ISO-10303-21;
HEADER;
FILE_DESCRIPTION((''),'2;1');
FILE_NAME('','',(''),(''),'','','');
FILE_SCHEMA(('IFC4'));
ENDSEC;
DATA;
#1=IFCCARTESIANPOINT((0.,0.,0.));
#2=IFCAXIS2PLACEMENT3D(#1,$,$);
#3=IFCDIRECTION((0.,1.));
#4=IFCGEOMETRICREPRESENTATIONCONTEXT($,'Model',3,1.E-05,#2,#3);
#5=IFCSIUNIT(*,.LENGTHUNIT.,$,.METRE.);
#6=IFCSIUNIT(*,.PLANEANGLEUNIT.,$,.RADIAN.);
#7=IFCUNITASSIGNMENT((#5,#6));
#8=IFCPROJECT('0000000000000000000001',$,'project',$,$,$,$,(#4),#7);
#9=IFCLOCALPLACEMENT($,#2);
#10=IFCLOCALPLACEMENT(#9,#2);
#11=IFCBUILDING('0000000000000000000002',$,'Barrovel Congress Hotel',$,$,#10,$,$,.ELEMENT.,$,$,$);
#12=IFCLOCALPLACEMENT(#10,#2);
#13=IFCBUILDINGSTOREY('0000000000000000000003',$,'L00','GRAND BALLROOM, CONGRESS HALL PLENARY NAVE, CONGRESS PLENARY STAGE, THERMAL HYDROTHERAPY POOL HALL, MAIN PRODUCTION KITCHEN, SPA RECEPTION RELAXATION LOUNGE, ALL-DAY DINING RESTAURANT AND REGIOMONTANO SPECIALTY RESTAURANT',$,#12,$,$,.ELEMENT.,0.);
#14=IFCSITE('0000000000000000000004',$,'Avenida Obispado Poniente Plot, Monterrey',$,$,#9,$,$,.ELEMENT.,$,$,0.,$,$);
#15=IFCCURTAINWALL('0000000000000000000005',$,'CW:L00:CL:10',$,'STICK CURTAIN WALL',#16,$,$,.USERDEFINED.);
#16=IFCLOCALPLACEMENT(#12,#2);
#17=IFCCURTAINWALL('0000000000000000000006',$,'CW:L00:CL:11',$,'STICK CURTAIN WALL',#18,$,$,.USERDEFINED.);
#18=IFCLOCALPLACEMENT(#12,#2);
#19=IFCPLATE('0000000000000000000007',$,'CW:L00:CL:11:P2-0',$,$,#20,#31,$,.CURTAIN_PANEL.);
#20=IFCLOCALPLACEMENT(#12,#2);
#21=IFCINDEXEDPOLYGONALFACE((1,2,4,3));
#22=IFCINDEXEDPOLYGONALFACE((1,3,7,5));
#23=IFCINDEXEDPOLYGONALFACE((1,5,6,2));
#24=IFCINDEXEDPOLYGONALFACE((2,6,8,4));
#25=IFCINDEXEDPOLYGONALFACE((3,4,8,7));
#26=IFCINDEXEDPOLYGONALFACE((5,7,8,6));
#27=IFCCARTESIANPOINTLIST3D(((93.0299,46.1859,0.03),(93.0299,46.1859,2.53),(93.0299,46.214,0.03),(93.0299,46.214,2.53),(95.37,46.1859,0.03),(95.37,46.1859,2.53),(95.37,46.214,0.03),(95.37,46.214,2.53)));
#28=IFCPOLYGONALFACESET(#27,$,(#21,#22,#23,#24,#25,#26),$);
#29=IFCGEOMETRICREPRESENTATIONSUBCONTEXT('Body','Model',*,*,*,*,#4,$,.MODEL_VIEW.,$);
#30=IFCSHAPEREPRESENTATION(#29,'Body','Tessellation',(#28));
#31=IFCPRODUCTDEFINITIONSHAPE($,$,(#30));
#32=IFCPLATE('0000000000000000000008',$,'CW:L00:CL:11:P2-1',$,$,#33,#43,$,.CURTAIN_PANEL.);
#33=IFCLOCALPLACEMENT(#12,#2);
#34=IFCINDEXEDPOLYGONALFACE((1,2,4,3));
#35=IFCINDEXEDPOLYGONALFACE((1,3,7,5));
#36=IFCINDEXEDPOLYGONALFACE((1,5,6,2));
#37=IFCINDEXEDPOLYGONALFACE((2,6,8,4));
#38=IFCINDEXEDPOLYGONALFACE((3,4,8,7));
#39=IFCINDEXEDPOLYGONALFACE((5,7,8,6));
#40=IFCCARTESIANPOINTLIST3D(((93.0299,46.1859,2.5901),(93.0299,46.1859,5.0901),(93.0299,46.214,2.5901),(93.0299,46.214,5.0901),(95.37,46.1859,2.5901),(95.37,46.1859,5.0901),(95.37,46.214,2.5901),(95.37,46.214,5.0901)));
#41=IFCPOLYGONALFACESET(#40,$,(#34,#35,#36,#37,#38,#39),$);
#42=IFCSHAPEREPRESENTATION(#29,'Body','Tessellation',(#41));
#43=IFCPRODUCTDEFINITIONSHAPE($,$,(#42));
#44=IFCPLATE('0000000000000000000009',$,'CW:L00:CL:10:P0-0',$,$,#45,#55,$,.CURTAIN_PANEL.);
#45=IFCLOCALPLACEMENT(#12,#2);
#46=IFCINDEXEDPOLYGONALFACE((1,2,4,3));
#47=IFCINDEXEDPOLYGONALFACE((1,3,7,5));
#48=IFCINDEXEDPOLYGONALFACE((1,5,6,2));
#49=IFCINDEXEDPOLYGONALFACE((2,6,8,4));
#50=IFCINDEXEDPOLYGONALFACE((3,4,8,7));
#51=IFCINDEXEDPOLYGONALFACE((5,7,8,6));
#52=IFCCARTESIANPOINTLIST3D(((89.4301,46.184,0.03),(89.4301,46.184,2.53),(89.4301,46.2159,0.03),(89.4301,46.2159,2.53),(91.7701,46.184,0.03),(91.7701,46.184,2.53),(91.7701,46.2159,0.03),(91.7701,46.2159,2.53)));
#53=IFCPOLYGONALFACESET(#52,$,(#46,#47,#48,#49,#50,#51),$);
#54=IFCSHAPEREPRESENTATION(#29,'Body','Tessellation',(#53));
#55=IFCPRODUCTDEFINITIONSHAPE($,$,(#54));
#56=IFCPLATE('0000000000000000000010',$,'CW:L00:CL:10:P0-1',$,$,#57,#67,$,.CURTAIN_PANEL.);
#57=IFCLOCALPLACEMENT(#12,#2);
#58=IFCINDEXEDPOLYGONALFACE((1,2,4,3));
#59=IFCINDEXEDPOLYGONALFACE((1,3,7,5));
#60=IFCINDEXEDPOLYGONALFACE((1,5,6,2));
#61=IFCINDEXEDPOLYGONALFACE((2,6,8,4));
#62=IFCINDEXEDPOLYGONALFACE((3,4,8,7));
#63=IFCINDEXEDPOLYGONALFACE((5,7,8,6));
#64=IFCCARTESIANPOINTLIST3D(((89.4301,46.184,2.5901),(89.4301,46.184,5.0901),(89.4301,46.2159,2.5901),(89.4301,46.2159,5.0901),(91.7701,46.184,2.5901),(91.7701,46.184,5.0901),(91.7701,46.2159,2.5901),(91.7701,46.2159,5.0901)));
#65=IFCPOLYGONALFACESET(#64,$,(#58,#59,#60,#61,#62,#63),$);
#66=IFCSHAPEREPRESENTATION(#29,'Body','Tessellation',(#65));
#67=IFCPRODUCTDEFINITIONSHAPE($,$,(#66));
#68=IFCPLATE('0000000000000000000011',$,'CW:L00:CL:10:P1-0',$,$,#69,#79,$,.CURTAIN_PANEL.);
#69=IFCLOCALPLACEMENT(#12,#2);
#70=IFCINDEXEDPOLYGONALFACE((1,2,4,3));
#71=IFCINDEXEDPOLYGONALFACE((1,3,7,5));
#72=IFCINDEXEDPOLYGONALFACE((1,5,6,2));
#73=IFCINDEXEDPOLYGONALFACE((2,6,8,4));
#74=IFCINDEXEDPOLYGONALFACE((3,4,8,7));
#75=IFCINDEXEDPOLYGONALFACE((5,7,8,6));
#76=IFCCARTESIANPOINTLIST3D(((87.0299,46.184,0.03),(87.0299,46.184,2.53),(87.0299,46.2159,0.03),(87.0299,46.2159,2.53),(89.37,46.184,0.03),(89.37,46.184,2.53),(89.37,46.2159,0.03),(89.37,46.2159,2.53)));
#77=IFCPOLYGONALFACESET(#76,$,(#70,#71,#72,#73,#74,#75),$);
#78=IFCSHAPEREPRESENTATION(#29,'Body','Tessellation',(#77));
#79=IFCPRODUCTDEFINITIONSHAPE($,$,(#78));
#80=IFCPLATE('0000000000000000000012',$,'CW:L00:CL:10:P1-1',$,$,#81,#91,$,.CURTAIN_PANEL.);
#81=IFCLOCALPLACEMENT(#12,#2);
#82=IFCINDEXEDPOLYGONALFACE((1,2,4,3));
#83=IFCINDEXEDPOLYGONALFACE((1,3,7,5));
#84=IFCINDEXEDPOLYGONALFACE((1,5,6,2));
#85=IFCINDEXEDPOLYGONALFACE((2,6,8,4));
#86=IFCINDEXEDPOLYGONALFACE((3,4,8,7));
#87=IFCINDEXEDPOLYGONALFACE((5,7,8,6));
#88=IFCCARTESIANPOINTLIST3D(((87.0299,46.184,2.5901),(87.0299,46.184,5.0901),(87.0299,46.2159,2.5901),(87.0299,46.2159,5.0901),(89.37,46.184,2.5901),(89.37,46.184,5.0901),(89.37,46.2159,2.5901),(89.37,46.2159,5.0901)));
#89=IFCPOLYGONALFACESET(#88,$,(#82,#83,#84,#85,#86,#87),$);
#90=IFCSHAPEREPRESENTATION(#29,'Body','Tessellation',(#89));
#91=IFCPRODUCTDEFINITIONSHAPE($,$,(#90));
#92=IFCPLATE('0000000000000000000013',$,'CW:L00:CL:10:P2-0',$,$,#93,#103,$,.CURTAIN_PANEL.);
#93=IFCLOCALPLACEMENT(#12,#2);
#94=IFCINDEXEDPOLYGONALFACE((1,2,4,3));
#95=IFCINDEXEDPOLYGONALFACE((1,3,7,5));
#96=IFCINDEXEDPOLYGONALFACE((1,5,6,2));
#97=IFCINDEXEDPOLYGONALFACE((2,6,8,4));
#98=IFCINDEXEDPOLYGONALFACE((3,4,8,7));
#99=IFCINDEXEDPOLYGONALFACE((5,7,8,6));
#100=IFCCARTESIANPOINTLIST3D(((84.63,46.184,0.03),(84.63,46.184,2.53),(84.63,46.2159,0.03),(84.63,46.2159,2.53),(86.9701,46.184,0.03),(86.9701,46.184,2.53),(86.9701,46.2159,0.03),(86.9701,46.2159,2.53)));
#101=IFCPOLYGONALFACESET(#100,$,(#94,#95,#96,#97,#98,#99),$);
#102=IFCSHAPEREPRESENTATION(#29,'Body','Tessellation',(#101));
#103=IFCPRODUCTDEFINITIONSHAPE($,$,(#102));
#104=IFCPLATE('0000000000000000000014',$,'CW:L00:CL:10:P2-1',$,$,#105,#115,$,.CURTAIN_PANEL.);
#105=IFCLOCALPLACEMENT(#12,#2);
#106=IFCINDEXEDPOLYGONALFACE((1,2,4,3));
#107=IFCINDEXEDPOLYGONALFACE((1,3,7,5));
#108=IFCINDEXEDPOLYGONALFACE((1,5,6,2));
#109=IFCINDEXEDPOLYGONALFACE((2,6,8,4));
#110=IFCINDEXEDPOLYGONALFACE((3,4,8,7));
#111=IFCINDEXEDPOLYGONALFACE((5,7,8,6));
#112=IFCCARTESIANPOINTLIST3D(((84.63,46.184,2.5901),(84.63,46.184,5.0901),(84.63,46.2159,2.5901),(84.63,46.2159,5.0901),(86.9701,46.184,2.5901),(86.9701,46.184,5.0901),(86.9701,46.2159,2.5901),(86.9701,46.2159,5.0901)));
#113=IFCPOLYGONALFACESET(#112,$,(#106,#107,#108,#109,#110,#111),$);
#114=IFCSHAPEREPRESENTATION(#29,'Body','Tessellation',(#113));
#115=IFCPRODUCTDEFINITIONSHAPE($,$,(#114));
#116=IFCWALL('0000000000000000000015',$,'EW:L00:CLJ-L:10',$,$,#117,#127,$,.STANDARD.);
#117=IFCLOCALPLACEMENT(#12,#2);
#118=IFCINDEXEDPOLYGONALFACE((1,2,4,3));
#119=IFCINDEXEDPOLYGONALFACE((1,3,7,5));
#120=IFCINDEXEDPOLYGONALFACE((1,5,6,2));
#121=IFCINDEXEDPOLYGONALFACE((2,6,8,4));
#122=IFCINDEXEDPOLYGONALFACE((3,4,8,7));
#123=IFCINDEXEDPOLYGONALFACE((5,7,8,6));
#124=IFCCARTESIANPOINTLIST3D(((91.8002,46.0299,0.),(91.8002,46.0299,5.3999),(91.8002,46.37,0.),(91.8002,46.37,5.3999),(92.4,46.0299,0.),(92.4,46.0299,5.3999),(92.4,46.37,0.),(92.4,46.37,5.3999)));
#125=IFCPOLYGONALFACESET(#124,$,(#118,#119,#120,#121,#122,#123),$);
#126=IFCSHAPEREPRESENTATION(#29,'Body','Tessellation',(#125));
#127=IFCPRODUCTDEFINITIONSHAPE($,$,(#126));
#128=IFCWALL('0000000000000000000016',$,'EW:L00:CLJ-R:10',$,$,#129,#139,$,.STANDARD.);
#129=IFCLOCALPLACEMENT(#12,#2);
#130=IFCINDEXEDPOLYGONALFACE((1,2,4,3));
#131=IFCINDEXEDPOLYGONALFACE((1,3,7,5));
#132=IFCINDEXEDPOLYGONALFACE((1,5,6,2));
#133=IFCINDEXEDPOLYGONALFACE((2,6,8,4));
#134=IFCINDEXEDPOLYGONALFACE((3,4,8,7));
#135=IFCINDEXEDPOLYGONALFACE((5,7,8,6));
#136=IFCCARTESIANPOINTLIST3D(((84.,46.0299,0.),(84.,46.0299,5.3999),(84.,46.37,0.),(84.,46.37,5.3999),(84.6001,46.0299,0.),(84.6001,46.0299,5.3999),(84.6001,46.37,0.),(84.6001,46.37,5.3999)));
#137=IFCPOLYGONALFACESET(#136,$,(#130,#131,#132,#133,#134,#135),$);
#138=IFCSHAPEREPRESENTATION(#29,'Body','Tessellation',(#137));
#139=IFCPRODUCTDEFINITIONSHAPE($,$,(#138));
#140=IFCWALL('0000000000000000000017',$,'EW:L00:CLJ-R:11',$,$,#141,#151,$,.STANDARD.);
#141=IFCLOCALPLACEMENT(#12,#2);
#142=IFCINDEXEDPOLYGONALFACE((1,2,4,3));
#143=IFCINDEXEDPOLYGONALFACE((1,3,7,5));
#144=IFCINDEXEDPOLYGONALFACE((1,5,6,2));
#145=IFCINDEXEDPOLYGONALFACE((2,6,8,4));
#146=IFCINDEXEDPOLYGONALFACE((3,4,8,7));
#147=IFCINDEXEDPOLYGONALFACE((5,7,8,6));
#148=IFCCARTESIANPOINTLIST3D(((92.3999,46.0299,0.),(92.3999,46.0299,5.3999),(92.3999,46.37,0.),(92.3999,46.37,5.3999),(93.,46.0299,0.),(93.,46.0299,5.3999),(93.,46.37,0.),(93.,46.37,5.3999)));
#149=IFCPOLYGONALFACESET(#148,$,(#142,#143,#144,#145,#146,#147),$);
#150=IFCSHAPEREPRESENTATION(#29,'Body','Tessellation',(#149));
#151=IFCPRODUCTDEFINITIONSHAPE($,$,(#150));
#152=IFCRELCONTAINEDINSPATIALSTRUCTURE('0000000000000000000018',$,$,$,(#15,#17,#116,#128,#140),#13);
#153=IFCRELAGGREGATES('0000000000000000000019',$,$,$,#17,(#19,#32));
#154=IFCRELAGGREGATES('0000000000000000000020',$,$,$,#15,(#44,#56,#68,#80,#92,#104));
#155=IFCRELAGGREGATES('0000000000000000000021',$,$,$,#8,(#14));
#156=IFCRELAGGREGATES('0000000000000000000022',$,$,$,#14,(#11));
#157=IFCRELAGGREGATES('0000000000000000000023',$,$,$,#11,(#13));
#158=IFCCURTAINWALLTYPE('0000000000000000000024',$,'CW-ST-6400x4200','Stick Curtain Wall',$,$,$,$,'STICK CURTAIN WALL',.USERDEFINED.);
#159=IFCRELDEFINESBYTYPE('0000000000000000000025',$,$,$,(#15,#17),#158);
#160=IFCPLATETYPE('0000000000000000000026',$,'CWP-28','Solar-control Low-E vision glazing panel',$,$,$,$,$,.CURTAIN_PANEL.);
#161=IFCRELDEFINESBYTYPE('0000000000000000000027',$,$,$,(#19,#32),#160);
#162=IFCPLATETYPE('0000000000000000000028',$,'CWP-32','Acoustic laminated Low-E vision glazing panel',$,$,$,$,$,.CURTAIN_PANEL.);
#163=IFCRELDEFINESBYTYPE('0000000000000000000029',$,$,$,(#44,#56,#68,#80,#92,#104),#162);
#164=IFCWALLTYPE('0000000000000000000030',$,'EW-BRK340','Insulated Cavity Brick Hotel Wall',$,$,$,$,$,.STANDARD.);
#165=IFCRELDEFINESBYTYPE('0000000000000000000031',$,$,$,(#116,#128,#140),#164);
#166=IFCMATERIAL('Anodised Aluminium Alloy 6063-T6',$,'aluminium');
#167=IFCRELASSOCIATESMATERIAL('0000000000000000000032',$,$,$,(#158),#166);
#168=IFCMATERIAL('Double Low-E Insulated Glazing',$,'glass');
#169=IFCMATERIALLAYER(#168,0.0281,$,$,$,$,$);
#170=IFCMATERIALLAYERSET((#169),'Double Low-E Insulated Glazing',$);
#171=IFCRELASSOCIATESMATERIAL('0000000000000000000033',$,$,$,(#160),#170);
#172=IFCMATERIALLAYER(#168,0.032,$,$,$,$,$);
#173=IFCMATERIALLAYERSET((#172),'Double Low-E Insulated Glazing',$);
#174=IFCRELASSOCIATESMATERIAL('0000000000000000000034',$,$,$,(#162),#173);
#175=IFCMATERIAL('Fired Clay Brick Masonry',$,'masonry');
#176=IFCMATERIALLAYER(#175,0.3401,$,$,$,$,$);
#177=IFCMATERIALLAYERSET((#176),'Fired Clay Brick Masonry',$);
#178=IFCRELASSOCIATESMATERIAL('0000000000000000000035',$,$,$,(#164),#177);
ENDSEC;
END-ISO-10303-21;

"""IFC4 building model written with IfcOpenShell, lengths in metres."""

from ifc_helpers import new_model, si_unit, direction, frame, frame_2d, origin, origin_2d, place, context, subcontext, project, spatial, rectangle, extrude, material, layer, layer_set, type_object, element, aggregate, save


model = new_model("IFC4")

# Units and contexts
model_context = context("Model", 3, precision=1e-05, world=origin(), true_north=direction((0.0, 1.0)))
body_context = subcontext(model_context, "Body", "Model", "MODEL_VIEW")
ifc_project = project(units=[si_unit("LENGTHUNIT", "METRE"), si_unit("PLANEANGLEUNIT", "RADIAN")], contexts=[model_context])

# Site, building, storey
site_placement = place(None, origin())
site = spatial("IfcSite", under=ifc_project, at=site_placement, Name="Avenida Obispado Poniente Plot, Monterrey", CompositionType="ELEMENT", RefElevation=0.0)
building_placement = place(site_placement, origin())
building = spatial("IfcBuilding", under=site, at=building_placement, Name="Barrovel Congress Hotel", CompositionType="ELEMENT")
storey_placement = place(building_placement, origin())
storey = spatial("IfcBuildingStorey", under=building, at=storey_placement, Name="L00", Description="GRAND BALLROOM, CONGRESS HALL PLENARY NAVE, CONGRESS PLENARY STAGE, THERMAL HYDROTHERAPY POOL HALL, MAIN PRODUCTION KITCHEN, SPA RECEPTION RELAXATION LOUNGE, ALL-DAY DINING RESTAURANT AND REGIOMONTANO SPECIALTY RESTAURANT", CompositionType="ELEMENT", Elevation=0.0)

# Curtain walls
ifc_material_1 = material(Name="Anodised Aluminium Alloy 6063-T6", Category="aluminium")
curtain_wall_type = type_object("IfcCurtainWallType", Name="CW-ST-6400x4200", Description="Stick Curtain Wall", ElementType="STICK CURTAIN WALL", PredefinedType="USERDEFINED", material=ifc_material_1)
curtain_wall_1_placement = place(storey_placement, origin())
curtain_wall_1 = element("IfcCurtainWall", 1, at=curtain_wall_1_placement, inside=storey, type_object=curtain_wall_type, Name="CW:L00:CL:10", ObjectType="STICK CURTAIN WALL", PredefinedType="USERDEFINED")
curtain_wall_2_placement = place(storey_placement, origin())
curtain_wall_2 = element("IfcCurtainWall", 2, at=curtain_wall_2_placement, inside=storey, type_object=curtain_wall_type, Name="CW:L00:CL:11", ObjectType="STICK CURTAIN WALL", PredefinedType="USERDEFINED")

# Plates
ifc_material_2 = material(Name="Double Low-E Insulated Glazing", Category="glass")
ifc_layer_1 = layer(ifc_material_2, 0.0281)
ifc_layer_set_1 = layer_set([ifc_layer_1], Name="Double Low-E Insulated Glazing")
plate_type_1 = type_object("IfcPlateType", Name="CWP-28", Description="Solar-control Low-E vision glazing panel", PredefinedType="CURTAIN_PANEL", material=ifc_layer_set_1)
plate_1_placement = place(storey_placement, frame((94.2, 46.2, 0.03), z_axis=(0.0, 0.0, 1.0), x_axis=(-1.0, 0.0, 0.0)))
plate_1 = element("IfcPlate", 3, at=plate_1_placement, type_object=plate_type_1, Name="CW:L00:CL:11:P2-0", PredefinedType="CURTAIN_PANEL", context=body_context, shape_type="SweptSolid", body=[
    extrude(rectangle(XDim=2.3401, YDim=0.0281, at=origin_2d()), origin(), (0.0, 0.0, 1.0), 2.5),
])
plate_2_placement = place(storey_placement, frame((94.2, 46.2, 2.5901), z_axis=(0.0, 0.0, 1.0), x_axis=(-1.0, 0.0, 0.0)))
plate_2 = element("IfcPlate", 4, at=plate_2_placement, type_object=plate_type_1, Name="CW:L00:CL:11:P2-1", PredefinedType="CURTAIN_PANEL", context=body_context, shape_type="SweptSolid", body=[
    extrude(rectangle(XDim=2.3401, YDim=0.0281, at=origin_2d()), origin(), (0.0, 0.0, 1.0), 2.5),
])
aggregate(curtain_wall_2, [plate_1, plate_2])
ifc_layer_2 = layer(ifc_material_2, 0.032)
ifc_layer_set_2 = layer_set([ifc_layer_2], Name="Double Low-E Insulated Glazing")
plate_type_2 = type_object("IfcPlateType", Name="CWP-32", Description="Acoustic laminated Low-E vision glazing panel", PredefinedType="CURTAIN_PANEL", material=ifc_layer_set_2)
plate_3_placement = place(storey_placement, frame((90.6001, 46.2, 0.03), z_axis=(0.0, 0.0, 1.0), x_axis=(-1.0, 0.0, 0.0)))
plate_3 = element("IfcPlate", 5, at=plate_3_placement, type_object=plate_type_2, Name="CW:L00:CL:10:P0-0", PredefinedType="CURTAIN_PANEL", context=body_context, shape_type="SweptSolid", body=[
    extrude(rectangle(XDim=2.3401, YDim=0.032, at=origin_2d()), origin(), (0.0, 0.0, 1.0), 2.5),
])
plate_4_placement = place(storey_placement, frame((90.6001, 46.2, 2.5901), z_axis=(0.0, 0.0, 1.0), x_axis=(-1.0, 0.0, 0.0)))
plate_4 = element("IfcPlate", 6, at=plate_4_placement, type_object=plate_type_2, Name="CW:L00:CL:10:P0-1", PredefinedType="CURTAIN_PANEL", context=body_context, shape_type="SweptSolid", body=[
    extrude(rectangle(XDim=2.3401, YDim=0.032, at=origin_2d()), origin(), (0.0, 0.0, 1.0), 2.5),
])
plate_5_placement = place(storey_placement, frame((88.2, 46.2, 0.03), z_axis=(0.0, 0.0, 1.0), x_axis=(-1.0, 0.0, 0.0)))
plate_5 = element("IfcPlate", 7, at=plate_5_placement, type_object=plate_type_2, Name="CW:L00:CL:10:P1-0", PredefinedType="CURTAIN_PANEL", context=body_context, shape_type="SweptSolid", body=[
    extrude(rectangle(XDim=2.3401, YDim=0.032, at=origin_2d()), origin(), (0.0, 0.0, 1.0), 2.5),
])
plate_6_placement = place(storey_placement, frame((88.2, 46.2, 2.5901), z_axis=(0.0, 0.0, 1.0), x_axis=(-1.0, 0.0, 0.0)))
plate_6 = element("IfcPlate", 8, at=plate_6_placement, type_object=plate_type_2, Name="CW:L00:CL:10:P1-1", PredefinedType="CURTAIN_PANEL", context=body_context, shape_type="SweptSolid", body=[
    extrude(rectangle(XDim=2.3401, YDim=0.032, at=origin_2d()), origin(), (0.0, 0.0, 1.0), 2.5),
])
plate_7_placement = place(storey_placement, frame((85.8, 46.2, 0.03), z_axis=(0.0, 0.0, 1.0), x_axis=(-1.0, 0.0, 0.0)))
plate_7 = element("IfcPlate", 9, at=plate_7_placement, type_object=plate_type_2, Name="CW:L00:CL:10:P2-0", PredefinedType="CURTAIN_PANEL", context=body_context, shape_type="SweptSolid", body=[
    extrude(rectangle(XDim=2.3401, YDim=0.032, at=origin_2d()), origin(), (0.0, 0.0, 1.0), 2.5),
])
plate_8_placement = place(storey_placement, frame((85.8, 46.2, 2.5901), z_axis=(0.0, 0.0, 1.0), x_axis=(-1.0, 0.0, 0.0)))
plate_8 = element("IfcPlate", 10, at=plate_8_placement, type_object=plate_type_2, Name="CW:L00:CL:10:P2-1", PredefinedType="CURTAIN_PANEL", context=body_context, shape_type="SweptSolid", body=[
    extrude(rectangle(XDim=2.3401, YDim=0.032, at=origin_2d()), origin(), (0.0, 0.0, 1.0), 2.5),
])
aggregate(curtain_wall_1, [plate_3, plate_4, plate_5, plate_6, plate_7, plate_8])

# Walls
ifc_material_3 = material(Name="Fired Clay Brick Masonry", Category="masonry")
ifc_layer_3 = layer(ifc_material_3, 0.3401)
ifc_layer_set_3 = layer_set([ifc_layer_3], Name="Fired Clay Brick Masonry")
wall_type = type_object("IfcWallType", Name="EW-BRK340", Description="Insulated Cavity Brick Hotel Wall", PredefinedType="STANDARD", material=ifc_layer_set_3)
wall_placement = place(storey_placement, frame((92.3999, 46.2, 0.0), z_axis=(0.0, 0.0, 1.0), x_axis=(-1.0, 0.0, 0.0)))
element("IfcWall", 11, at=wall_placement, inside=storey, type_object=wall_type, Name="EW:L00:CLJ-L:10", PredefinedType="STANDARD", context=body_context, shape_type="SweptSolid", body=[
    extrude(rectangle(XDim=0.5999, YDim=0.3401, at=frame_2d((0.2998, 0.0))), origin(), (0.0, 0.0, 1.0), 5.3999),
])
for number, where, z_axis, x_axis, name in (
    (12, (84.6001, 46.2, 0.0), (0.0, 0.0, 1.0), (-1.0, 0.0, 0.0), "EW:L00:CLJ-R:10"),
    (13, (93.0, 46.2, 0.0), (0.0, 0.0, 1.0), (-1.0, 0.0, 0.0), "EW:L00:CLJ-R:11"),
):
    element("IfcWall", number, at=place(storey_placement, frame(where, z_axis=z_axis, x_axis=x_axis)), inside=storey, type_object=wall_type, Name=name, PredefinedType="STANDARD", context=body_context, shape_type="SweptSolid", body=[
        extrude(rectangle(XDim=0.6001, YDim=0.3401, at=frame_2d((0.3, 0.0))), origin(), (0.0, 0.0, 1.0), 5.3999),
    ])

save(model, "model.ifc")
